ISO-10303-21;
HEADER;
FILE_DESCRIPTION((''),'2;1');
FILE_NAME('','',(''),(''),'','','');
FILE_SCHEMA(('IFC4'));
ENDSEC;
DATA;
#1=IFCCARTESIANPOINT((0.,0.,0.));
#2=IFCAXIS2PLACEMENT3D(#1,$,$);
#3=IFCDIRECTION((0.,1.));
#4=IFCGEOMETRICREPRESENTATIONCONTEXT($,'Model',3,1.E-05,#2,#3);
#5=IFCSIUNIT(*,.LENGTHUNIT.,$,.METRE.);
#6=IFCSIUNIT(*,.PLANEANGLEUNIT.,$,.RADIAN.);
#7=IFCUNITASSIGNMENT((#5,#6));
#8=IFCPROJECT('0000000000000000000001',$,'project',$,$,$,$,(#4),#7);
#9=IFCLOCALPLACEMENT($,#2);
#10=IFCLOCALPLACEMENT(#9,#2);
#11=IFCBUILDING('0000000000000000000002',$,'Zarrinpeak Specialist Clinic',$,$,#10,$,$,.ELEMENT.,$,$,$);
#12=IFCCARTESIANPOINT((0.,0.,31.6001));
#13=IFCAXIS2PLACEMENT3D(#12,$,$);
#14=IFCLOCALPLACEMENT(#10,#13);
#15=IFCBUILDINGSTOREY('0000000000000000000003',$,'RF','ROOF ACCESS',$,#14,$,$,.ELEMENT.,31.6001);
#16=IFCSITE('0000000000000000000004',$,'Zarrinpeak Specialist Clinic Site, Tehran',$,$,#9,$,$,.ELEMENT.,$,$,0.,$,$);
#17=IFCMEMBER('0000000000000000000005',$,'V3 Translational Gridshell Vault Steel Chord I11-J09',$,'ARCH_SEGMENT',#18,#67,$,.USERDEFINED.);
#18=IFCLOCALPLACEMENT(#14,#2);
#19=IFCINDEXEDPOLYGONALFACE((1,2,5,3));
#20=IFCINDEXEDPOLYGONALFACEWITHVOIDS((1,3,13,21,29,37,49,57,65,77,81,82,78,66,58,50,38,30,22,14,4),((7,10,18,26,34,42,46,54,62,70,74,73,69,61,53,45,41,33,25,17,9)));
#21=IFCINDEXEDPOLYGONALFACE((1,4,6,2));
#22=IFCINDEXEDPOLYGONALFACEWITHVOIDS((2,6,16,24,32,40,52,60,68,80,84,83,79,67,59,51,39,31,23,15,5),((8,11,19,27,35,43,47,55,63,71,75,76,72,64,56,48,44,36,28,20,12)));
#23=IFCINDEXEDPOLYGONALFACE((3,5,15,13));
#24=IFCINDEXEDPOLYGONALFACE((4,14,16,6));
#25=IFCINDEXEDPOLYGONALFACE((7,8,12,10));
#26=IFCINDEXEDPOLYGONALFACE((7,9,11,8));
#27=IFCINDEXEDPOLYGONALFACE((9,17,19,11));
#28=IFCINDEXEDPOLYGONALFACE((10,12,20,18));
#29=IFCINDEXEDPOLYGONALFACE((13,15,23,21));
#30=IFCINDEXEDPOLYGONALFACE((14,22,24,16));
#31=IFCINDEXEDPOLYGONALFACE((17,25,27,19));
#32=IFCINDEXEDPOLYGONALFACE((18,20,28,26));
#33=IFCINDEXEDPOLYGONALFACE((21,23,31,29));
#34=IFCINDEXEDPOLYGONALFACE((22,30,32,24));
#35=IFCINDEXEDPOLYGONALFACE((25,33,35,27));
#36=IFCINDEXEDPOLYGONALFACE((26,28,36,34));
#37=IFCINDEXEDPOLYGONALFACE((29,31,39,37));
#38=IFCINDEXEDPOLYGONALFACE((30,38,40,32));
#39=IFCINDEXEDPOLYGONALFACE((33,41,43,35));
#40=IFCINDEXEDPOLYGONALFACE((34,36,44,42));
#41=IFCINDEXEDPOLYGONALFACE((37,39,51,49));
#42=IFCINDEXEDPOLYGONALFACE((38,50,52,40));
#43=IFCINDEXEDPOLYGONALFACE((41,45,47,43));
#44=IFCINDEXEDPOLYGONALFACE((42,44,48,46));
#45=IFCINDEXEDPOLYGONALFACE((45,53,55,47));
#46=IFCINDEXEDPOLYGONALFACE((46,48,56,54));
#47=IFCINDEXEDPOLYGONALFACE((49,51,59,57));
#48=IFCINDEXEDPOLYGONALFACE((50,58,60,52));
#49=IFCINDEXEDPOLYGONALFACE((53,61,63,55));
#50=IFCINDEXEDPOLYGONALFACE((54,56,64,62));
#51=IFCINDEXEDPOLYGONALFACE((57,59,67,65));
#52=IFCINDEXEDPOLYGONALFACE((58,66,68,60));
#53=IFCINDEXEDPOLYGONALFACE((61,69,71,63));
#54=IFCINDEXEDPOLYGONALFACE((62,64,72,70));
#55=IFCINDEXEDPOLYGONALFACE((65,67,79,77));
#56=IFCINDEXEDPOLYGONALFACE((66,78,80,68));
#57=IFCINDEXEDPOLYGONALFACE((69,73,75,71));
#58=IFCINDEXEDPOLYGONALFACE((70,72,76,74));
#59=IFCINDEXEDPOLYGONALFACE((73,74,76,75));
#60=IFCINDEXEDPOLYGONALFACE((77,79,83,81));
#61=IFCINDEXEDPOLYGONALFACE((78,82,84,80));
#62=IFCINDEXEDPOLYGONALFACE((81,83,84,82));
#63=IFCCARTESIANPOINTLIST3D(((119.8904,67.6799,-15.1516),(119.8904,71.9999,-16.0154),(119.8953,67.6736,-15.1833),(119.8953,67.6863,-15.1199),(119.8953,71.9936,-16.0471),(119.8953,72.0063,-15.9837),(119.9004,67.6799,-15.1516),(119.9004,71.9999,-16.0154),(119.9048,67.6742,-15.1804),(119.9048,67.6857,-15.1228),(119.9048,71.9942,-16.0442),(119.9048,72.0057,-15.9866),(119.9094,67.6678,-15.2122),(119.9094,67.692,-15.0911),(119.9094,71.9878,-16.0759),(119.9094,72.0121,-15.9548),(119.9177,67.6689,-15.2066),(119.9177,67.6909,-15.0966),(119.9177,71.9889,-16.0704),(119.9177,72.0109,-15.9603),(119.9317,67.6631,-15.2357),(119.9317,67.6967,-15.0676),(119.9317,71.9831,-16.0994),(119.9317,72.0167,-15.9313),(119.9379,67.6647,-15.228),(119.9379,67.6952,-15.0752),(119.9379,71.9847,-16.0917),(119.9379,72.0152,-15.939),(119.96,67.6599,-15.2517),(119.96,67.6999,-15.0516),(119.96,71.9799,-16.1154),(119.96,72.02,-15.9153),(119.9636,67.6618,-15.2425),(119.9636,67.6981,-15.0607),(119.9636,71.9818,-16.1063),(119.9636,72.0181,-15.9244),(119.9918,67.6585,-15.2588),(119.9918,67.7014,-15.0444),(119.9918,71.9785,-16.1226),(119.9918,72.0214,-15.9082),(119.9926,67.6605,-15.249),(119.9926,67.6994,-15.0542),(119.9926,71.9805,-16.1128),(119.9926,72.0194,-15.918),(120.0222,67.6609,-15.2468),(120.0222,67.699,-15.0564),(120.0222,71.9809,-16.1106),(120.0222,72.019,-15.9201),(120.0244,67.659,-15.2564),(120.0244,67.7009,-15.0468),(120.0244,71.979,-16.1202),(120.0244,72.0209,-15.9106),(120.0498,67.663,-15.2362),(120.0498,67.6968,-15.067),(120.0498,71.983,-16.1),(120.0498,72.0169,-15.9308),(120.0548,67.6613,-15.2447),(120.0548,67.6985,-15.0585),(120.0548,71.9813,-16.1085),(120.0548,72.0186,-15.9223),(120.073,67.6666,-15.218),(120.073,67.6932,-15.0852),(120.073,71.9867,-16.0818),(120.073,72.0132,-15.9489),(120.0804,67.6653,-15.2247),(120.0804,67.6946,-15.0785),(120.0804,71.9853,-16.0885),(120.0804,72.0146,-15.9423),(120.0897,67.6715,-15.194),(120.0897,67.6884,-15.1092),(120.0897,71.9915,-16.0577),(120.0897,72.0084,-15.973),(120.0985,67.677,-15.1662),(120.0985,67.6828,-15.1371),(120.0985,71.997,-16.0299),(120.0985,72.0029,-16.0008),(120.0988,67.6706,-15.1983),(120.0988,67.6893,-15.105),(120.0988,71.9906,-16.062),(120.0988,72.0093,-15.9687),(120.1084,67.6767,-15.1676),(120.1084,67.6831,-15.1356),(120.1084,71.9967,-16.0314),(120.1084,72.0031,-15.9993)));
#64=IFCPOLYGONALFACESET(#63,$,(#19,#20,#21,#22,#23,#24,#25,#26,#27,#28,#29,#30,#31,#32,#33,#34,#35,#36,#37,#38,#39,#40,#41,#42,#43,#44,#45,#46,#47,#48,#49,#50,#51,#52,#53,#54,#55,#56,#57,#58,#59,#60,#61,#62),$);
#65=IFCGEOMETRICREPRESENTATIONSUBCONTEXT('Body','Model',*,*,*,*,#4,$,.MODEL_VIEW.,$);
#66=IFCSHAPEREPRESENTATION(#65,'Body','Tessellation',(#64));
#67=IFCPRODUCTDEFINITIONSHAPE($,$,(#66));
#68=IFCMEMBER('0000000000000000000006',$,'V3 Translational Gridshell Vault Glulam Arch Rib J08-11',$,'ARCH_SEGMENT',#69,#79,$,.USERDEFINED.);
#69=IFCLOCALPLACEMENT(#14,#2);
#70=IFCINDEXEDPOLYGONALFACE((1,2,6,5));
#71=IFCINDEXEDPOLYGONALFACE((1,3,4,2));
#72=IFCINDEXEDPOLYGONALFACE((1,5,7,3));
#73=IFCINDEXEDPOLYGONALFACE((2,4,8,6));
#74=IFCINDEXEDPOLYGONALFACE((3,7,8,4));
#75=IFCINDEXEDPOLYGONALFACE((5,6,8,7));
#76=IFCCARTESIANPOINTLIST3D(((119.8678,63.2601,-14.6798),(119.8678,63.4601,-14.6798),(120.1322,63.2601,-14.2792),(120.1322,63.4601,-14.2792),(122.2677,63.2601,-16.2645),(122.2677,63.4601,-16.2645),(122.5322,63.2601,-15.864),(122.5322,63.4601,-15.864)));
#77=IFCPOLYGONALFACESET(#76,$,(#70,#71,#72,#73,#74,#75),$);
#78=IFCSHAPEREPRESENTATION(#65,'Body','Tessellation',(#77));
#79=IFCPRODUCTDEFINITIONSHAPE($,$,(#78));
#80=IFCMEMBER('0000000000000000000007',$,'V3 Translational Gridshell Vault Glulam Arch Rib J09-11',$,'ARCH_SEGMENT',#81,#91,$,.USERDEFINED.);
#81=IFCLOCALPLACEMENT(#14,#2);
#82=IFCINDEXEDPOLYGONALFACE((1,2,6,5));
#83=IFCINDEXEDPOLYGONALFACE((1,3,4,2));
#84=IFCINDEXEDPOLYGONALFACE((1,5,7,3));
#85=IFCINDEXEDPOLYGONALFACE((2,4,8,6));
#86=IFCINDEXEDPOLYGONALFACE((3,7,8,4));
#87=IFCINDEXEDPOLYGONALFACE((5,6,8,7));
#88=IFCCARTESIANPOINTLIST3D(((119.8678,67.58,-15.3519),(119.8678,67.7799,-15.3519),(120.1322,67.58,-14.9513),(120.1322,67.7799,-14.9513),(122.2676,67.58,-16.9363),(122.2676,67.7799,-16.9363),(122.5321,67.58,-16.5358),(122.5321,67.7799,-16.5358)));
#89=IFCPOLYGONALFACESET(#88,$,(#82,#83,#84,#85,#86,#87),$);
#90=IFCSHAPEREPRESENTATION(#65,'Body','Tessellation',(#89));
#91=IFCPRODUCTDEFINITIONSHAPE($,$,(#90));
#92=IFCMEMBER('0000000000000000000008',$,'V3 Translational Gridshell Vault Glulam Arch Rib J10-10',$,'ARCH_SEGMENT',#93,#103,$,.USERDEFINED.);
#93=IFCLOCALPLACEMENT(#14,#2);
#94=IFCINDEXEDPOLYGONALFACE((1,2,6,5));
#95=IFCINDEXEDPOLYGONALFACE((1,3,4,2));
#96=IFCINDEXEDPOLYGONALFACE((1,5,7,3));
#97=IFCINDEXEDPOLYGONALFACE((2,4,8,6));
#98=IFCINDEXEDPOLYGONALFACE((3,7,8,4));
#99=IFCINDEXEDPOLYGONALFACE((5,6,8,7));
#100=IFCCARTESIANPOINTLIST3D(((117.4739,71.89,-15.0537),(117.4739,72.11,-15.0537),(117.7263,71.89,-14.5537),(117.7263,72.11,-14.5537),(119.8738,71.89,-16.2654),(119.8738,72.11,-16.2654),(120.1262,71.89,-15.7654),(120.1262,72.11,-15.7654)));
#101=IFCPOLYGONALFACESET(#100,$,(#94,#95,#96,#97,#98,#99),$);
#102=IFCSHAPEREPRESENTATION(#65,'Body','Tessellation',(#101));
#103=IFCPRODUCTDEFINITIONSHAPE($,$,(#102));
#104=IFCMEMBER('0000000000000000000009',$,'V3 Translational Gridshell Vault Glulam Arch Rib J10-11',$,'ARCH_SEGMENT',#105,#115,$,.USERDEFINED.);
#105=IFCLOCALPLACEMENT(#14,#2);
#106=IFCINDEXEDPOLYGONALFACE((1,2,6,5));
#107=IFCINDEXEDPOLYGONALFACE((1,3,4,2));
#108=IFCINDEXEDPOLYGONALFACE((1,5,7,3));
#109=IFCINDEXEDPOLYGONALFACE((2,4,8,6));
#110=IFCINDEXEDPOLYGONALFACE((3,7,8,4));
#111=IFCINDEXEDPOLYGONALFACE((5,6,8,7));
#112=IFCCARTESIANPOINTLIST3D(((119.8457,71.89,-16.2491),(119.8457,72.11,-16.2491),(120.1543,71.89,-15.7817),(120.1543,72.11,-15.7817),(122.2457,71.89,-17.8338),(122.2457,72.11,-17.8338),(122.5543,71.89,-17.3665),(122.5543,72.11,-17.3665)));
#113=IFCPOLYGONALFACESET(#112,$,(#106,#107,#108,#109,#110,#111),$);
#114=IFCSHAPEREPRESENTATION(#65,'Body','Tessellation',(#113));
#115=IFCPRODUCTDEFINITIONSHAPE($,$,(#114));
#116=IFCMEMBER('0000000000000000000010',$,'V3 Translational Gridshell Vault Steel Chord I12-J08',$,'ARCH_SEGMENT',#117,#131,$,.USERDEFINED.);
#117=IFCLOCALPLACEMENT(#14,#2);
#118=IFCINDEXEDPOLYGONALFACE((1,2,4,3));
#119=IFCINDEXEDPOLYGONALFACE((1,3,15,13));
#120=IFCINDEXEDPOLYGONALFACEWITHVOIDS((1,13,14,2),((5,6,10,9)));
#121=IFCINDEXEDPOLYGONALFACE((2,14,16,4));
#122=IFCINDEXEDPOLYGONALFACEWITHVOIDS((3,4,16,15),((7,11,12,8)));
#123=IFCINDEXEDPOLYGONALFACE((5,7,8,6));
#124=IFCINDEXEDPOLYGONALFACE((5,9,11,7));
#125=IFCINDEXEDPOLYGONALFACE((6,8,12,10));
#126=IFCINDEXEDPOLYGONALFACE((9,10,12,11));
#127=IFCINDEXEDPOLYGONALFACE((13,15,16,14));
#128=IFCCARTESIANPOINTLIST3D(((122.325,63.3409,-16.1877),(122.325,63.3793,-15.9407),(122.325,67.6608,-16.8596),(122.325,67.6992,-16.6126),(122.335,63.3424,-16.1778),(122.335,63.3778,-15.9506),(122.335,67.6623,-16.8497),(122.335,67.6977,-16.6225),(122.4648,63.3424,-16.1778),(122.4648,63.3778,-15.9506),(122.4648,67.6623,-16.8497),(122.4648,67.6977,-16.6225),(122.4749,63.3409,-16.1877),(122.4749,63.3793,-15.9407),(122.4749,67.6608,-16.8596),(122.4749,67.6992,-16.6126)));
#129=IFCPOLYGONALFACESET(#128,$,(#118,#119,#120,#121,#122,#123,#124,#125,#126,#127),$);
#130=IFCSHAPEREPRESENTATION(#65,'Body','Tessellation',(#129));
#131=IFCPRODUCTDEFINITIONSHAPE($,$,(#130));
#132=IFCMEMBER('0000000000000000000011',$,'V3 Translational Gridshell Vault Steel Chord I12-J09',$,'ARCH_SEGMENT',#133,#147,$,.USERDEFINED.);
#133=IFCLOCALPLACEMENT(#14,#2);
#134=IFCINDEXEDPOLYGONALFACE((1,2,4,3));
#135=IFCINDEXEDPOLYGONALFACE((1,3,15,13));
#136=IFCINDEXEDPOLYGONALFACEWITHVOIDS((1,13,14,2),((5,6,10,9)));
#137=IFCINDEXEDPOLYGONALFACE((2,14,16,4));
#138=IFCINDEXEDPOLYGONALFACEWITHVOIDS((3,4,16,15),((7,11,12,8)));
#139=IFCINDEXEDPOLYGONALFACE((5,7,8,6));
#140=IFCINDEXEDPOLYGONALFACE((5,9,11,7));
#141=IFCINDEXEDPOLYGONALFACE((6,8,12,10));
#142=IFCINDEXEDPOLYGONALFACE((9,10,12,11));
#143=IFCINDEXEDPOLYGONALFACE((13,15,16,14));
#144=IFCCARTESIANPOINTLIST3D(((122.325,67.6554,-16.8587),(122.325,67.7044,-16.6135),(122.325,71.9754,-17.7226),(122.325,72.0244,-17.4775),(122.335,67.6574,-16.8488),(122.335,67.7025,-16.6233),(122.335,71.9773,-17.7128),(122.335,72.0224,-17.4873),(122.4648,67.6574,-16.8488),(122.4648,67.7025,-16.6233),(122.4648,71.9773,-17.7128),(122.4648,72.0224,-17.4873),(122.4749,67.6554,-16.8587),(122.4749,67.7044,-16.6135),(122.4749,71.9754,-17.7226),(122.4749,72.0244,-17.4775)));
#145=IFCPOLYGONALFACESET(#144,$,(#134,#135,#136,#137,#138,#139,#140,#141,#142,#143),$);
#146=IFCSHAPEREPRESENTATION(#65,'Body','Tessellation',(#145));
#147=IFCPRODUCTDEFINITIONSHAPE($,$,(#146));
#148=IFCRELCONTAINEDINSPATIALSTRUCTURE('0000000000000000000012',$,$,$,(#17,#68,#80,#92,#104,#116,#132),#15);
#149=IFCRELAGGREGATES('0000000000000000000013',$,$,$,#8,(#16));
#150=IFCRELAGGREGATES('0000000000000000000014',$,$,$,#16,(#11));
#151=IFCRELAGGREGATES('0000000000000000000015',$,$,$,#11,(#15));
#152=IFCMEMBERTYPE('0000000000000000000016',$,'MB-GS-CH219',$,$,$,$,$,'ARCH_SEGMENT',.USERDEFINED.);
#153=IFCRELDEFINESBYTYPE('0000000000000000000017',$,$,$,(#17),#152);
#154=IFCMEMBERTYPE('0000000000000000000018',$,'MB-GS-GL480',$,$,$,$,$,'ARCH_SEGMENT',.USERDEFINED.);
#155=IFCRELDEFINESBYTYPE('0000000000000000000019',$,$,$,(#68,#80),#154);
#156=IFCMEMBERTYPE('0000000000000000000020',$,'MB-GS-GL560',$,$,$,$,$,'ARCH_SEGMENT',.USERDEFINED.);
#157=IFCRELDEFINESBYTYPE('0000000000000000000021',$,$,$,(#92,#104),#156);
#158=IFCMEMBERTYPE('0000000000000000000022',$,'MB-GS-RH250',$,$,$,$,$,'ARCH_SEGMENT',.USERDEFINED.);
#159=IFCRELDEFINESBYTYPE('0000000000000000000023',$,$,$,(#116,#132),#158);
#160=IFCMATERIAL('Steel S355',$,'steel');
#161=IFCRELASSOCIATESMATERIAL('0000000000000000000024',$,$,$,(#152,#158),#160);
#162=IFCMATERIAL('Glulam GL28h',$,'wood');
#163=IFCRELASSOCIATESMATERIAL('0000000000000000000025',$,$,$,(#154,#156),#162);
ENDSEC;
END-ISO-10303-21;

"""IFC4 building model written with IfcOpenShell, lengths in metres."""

from ifc_helpers import new_model, si_unit, direction, frame, origin, origin_2d, place, context, subcontext, project, spatial, rectangle, hollow_rectangle, hollow_circle, extrude, material, material_profile, profile_set, type_object, element, save


model = new_model("IFC4")

# Units and contexts
model_context = context("Model", 3, precision=1e-05, world=origin(), true_north=direction((0.0, 1.0)))
body_context = subcontext(model_context, "Body", "Model", "MODEL_VIEW")
ifc_project = project(units=[si_unit("LENGTHUNIT", "METRE"), si_unit("PLANEANGLEUNIT", "RADIAN")], contexts=[model_context])

# Site, building, storey
site_placement = place(None, origin())
site = spatial("IfcSite", under=ifc_project, at=site_placement, Name="Zarrinpeak Specialist Clinic Site, Tehran", CompositionType="ELEMENT", RefElevation=0.0)
building_placement = place(site_placement, origin())
building = spatial("IfcBuilding", under=site, at=building_placement, Name="Zarrinpeak Specialist Clinic", CompositionType="ELEMENT")
storey_placement = place(building_placement, frame((0.0, 0.0, 31.6001)))
storey = spatial("IfcBuildingStorey", under=building, at=storey_placement, Name="RF", Description="ROOF ACCESS", CompositionType="ELEMENT", Elevation=31.6001)

# Members
ifc_material_1 = material(Name="Steel S355", Category="steel")
ifc_material_profile_1 = material_profile(ifc_material_1, hollow_circle(Radius=0.1096, WallThickness=0.01, at=origin_2d()), Name="CHS 219.1x10.0")
ifc_profile_set_1 = profile_set([ifc_material_profile_1], Name="Steel S355")
member_type_1 = type_object("IfcMemberType", Name="MB-GS-CH219", ElementType="ARCH_SEGMENT", PredefinedType="USERDEFINED", material=ifc_profile_set_1)
member_1_placement = place(storey_placement, frame((120.0, 67.6799, -15.1516), z_axis=(0.0, 0.980591, -0.196063), x_axis=(-1.0, 0.0, 0.0)))
element("IfcMember", 1, at=member_1_placement, inside=storey, type_object=member_type_1, Name="V3 Translational Gridshell Vault Steel Chord I11-J09", ObjectType="ARCH_SEGMENT", PredefinedType="USERDEFINED", context=body_context, shape_type="SweptSolid", body=[
    extrude(hollow_circle(Radius=0.1096, WallThickness=0.01, at=origin_2d()), origin(), (0.0, 0.0, 1.0), 4.4055),
])
ifc_material_2 = material(Name="Glulam GL28h", Category="wood")
ifc_material_profile_2 = material_profile(ifc_material_2, rectangle(XDim=0.2, YDim=0.48, at=origin_2d()), Name="GL28h 200x480")
ifc_profile_set_2 = profile_set([ifc_material_profile_2], Name="Glulam GL28h")
member_type_2 = type_object("IfcMemberType", Name="MB-GS-GL480", ElementType="ARCH_SEGMENT", PredefinedType="USERDEFINED", material=ifc_profile_set_2)
member_2_placement = place(storey_placement, frame((120.0, 63.3601, -14.4795), z_axis=(0.834484, 0.0, -0.551031), x_axis=(0.0, 1.0, 0.0)))
element("IfcMember", 2, at=member_2_placement, inside=storey, type_object=member_type_2, Name="V3 Translational Gridshell Vault Glulam Arch Rib J08-11", ObjectType="ARCH_SEGMENT", PredefinedType="USERDEFINED", context=body_context, shape_type="SweptSolid", body=[
    extrude(rectangle(XDim=0.2, YDim=0.48, at=origin_2d()), origin(), (0.0, 0.0, 1.0), 2.876),
])
member_3_placement = place(storey_placement, frame((120.0, 67.6799, -15.1516), z_axis=(0.834524, 0.0, -0.550972), x_axis=(0.0, 1.0, 0.0)))
element("IfcMember", 3, at=member_3_placement, inside=storey, type_object=member_type_2, Name="V3 Translational Gridshell Vault Glulam Arch Rib J09-11", ObjectType="ARCH_SEGMENT", PredefinedType="USERDEFINED", context=body_context, shape_type="SweptSolid", body=[
    extrude(rectangle(XDim=0.2, YDim=0.48, at=origin_2d()), origin(), (0.0, 0.0, 1.0), 2.8757),
])
ifc_material_profile_3 = material_profile(ifc_material_2, rectangle(XDim=0.22, YDim=0.5601, at=origin_2d()), Name="GL28h 220x560")
ifc_profile_set_3 = profile_set([ifc_material_profile_3], Name="Glulam GL28h")
member_type_3 = type_object("IfcMemberType", Name="MB-GS-GL560", ElementType="ARCH_SEGMENT", PredefinedType="USERDEFINED", material=ifc_profile_set_3)
member_4_placement = place(storey_placement, frame((117.6001, 72.0, -14.8037), z_axis=(0.892677, 0.0, -0.450697), x_axis=(0.0, 1.0, 0.0)))
element("IfcMember", 4, at=member_4_placement, inside=storey, type_object=member_type_3, Name="V3 Translational Gridshell Vault Glulam Arch Rib J10-10", ObjectType="ARCH_SEGMENT", PredefinedType="USERDEFINED", context=body_context, shape_type="SweptSolid", body=[
    extrude(rectangle(XDim=0.22, YDim=0.5601, at=origin_2d()), origin(), (0.0, 0.0, 1.0), 2.6885),
])
member_5_placement = place(storey_placement, frame((120.0, 72.0, -16.0154), z_axis=(0.834484, 0.0, -0.551031), x_axis=(0.0, 1.0, 0.0)))
element("IfcMember", 5, at=member_5_placement, inside=storey, type_object=member_type_3, Name="V3 Translational Gridshell Vault Glulam Arch Rib J10-11", ObjectType="ARCH_SEGMENT", PredefinedType="USERDEFINED", context=body_context, shape_type="SweptSolid", body=[
    extrude(rectangle(XDim=0.22, YDim=0.5601, at=origin_2d()), origin(), (0.0, 0.0, 1.0), 2.876),
])
ifc_material_profile_4 = material_profile(ifc_material_1, hollow_rectangle(XDim=0.1499, YDim=0.25, WallThickness=0.01, at=origin_2d()), Name="RHS 250x150x10.0")
ifc_profile_set_4 = profile_set([ifc_material_profile_4], Name="Steel S355")
member_type_4 = type_object("IfcMemberType", Name="MB-GS-RH250", ElementType="ARCH_SEGMENT", PredefinedType="USERDEFINED", material=ifc_profile_set_4)
member_6_placement = place(storey_placement, frame((122.3999, 63.3601, -16.0642), z_axis=(0.0, 0.98812, -0.153685), x_axis=(-1.0, 0.0, 0.0)))
element("IfcMember", 6, at=member_6_placement, inside=storey, type_object=member_type_4, Name="V3 Translational Gridshell Vault Steel Chord I12-J08", ObjectType="ARCH_SEGMENT", PredefinedType="USERDEFINED", context=body_context, shape_type="SweptSolid", body=[
    extrude(hollow_rectangle(XDim=0.1499, YDim=0.25, WallThickness=0.01, at=origin_2d()), origin(), (0.0, 0.0, 1.0), 4.3718),
])
member_7_placement = place(storey_placement, frame((122.3999, 67.6799, -16.7361), z_axis=(0.0, 0.980581, -0.196116), x_axis=(-1.0, 0.0, 0.0)))
element("IfcMember", 7, at=member_7_placement, inside=storey, type_object=member_type_4, Name="V3 Translational Gridshell Vault Steel Chord I12-J09", ObjectType="ARCH_SEGMENT", PredefinedType="USERDEFINED", context=body_context, shape_type="SweptSolid", body=[
    extrude(hollow_rectangle(XDim=0.1499, YDim=0.25, WallThickness=0.01, at=origin_2d()), origin(), (0.0, 0.0, 1.0), 4.4055),
])

save(model, "model.ifc")
